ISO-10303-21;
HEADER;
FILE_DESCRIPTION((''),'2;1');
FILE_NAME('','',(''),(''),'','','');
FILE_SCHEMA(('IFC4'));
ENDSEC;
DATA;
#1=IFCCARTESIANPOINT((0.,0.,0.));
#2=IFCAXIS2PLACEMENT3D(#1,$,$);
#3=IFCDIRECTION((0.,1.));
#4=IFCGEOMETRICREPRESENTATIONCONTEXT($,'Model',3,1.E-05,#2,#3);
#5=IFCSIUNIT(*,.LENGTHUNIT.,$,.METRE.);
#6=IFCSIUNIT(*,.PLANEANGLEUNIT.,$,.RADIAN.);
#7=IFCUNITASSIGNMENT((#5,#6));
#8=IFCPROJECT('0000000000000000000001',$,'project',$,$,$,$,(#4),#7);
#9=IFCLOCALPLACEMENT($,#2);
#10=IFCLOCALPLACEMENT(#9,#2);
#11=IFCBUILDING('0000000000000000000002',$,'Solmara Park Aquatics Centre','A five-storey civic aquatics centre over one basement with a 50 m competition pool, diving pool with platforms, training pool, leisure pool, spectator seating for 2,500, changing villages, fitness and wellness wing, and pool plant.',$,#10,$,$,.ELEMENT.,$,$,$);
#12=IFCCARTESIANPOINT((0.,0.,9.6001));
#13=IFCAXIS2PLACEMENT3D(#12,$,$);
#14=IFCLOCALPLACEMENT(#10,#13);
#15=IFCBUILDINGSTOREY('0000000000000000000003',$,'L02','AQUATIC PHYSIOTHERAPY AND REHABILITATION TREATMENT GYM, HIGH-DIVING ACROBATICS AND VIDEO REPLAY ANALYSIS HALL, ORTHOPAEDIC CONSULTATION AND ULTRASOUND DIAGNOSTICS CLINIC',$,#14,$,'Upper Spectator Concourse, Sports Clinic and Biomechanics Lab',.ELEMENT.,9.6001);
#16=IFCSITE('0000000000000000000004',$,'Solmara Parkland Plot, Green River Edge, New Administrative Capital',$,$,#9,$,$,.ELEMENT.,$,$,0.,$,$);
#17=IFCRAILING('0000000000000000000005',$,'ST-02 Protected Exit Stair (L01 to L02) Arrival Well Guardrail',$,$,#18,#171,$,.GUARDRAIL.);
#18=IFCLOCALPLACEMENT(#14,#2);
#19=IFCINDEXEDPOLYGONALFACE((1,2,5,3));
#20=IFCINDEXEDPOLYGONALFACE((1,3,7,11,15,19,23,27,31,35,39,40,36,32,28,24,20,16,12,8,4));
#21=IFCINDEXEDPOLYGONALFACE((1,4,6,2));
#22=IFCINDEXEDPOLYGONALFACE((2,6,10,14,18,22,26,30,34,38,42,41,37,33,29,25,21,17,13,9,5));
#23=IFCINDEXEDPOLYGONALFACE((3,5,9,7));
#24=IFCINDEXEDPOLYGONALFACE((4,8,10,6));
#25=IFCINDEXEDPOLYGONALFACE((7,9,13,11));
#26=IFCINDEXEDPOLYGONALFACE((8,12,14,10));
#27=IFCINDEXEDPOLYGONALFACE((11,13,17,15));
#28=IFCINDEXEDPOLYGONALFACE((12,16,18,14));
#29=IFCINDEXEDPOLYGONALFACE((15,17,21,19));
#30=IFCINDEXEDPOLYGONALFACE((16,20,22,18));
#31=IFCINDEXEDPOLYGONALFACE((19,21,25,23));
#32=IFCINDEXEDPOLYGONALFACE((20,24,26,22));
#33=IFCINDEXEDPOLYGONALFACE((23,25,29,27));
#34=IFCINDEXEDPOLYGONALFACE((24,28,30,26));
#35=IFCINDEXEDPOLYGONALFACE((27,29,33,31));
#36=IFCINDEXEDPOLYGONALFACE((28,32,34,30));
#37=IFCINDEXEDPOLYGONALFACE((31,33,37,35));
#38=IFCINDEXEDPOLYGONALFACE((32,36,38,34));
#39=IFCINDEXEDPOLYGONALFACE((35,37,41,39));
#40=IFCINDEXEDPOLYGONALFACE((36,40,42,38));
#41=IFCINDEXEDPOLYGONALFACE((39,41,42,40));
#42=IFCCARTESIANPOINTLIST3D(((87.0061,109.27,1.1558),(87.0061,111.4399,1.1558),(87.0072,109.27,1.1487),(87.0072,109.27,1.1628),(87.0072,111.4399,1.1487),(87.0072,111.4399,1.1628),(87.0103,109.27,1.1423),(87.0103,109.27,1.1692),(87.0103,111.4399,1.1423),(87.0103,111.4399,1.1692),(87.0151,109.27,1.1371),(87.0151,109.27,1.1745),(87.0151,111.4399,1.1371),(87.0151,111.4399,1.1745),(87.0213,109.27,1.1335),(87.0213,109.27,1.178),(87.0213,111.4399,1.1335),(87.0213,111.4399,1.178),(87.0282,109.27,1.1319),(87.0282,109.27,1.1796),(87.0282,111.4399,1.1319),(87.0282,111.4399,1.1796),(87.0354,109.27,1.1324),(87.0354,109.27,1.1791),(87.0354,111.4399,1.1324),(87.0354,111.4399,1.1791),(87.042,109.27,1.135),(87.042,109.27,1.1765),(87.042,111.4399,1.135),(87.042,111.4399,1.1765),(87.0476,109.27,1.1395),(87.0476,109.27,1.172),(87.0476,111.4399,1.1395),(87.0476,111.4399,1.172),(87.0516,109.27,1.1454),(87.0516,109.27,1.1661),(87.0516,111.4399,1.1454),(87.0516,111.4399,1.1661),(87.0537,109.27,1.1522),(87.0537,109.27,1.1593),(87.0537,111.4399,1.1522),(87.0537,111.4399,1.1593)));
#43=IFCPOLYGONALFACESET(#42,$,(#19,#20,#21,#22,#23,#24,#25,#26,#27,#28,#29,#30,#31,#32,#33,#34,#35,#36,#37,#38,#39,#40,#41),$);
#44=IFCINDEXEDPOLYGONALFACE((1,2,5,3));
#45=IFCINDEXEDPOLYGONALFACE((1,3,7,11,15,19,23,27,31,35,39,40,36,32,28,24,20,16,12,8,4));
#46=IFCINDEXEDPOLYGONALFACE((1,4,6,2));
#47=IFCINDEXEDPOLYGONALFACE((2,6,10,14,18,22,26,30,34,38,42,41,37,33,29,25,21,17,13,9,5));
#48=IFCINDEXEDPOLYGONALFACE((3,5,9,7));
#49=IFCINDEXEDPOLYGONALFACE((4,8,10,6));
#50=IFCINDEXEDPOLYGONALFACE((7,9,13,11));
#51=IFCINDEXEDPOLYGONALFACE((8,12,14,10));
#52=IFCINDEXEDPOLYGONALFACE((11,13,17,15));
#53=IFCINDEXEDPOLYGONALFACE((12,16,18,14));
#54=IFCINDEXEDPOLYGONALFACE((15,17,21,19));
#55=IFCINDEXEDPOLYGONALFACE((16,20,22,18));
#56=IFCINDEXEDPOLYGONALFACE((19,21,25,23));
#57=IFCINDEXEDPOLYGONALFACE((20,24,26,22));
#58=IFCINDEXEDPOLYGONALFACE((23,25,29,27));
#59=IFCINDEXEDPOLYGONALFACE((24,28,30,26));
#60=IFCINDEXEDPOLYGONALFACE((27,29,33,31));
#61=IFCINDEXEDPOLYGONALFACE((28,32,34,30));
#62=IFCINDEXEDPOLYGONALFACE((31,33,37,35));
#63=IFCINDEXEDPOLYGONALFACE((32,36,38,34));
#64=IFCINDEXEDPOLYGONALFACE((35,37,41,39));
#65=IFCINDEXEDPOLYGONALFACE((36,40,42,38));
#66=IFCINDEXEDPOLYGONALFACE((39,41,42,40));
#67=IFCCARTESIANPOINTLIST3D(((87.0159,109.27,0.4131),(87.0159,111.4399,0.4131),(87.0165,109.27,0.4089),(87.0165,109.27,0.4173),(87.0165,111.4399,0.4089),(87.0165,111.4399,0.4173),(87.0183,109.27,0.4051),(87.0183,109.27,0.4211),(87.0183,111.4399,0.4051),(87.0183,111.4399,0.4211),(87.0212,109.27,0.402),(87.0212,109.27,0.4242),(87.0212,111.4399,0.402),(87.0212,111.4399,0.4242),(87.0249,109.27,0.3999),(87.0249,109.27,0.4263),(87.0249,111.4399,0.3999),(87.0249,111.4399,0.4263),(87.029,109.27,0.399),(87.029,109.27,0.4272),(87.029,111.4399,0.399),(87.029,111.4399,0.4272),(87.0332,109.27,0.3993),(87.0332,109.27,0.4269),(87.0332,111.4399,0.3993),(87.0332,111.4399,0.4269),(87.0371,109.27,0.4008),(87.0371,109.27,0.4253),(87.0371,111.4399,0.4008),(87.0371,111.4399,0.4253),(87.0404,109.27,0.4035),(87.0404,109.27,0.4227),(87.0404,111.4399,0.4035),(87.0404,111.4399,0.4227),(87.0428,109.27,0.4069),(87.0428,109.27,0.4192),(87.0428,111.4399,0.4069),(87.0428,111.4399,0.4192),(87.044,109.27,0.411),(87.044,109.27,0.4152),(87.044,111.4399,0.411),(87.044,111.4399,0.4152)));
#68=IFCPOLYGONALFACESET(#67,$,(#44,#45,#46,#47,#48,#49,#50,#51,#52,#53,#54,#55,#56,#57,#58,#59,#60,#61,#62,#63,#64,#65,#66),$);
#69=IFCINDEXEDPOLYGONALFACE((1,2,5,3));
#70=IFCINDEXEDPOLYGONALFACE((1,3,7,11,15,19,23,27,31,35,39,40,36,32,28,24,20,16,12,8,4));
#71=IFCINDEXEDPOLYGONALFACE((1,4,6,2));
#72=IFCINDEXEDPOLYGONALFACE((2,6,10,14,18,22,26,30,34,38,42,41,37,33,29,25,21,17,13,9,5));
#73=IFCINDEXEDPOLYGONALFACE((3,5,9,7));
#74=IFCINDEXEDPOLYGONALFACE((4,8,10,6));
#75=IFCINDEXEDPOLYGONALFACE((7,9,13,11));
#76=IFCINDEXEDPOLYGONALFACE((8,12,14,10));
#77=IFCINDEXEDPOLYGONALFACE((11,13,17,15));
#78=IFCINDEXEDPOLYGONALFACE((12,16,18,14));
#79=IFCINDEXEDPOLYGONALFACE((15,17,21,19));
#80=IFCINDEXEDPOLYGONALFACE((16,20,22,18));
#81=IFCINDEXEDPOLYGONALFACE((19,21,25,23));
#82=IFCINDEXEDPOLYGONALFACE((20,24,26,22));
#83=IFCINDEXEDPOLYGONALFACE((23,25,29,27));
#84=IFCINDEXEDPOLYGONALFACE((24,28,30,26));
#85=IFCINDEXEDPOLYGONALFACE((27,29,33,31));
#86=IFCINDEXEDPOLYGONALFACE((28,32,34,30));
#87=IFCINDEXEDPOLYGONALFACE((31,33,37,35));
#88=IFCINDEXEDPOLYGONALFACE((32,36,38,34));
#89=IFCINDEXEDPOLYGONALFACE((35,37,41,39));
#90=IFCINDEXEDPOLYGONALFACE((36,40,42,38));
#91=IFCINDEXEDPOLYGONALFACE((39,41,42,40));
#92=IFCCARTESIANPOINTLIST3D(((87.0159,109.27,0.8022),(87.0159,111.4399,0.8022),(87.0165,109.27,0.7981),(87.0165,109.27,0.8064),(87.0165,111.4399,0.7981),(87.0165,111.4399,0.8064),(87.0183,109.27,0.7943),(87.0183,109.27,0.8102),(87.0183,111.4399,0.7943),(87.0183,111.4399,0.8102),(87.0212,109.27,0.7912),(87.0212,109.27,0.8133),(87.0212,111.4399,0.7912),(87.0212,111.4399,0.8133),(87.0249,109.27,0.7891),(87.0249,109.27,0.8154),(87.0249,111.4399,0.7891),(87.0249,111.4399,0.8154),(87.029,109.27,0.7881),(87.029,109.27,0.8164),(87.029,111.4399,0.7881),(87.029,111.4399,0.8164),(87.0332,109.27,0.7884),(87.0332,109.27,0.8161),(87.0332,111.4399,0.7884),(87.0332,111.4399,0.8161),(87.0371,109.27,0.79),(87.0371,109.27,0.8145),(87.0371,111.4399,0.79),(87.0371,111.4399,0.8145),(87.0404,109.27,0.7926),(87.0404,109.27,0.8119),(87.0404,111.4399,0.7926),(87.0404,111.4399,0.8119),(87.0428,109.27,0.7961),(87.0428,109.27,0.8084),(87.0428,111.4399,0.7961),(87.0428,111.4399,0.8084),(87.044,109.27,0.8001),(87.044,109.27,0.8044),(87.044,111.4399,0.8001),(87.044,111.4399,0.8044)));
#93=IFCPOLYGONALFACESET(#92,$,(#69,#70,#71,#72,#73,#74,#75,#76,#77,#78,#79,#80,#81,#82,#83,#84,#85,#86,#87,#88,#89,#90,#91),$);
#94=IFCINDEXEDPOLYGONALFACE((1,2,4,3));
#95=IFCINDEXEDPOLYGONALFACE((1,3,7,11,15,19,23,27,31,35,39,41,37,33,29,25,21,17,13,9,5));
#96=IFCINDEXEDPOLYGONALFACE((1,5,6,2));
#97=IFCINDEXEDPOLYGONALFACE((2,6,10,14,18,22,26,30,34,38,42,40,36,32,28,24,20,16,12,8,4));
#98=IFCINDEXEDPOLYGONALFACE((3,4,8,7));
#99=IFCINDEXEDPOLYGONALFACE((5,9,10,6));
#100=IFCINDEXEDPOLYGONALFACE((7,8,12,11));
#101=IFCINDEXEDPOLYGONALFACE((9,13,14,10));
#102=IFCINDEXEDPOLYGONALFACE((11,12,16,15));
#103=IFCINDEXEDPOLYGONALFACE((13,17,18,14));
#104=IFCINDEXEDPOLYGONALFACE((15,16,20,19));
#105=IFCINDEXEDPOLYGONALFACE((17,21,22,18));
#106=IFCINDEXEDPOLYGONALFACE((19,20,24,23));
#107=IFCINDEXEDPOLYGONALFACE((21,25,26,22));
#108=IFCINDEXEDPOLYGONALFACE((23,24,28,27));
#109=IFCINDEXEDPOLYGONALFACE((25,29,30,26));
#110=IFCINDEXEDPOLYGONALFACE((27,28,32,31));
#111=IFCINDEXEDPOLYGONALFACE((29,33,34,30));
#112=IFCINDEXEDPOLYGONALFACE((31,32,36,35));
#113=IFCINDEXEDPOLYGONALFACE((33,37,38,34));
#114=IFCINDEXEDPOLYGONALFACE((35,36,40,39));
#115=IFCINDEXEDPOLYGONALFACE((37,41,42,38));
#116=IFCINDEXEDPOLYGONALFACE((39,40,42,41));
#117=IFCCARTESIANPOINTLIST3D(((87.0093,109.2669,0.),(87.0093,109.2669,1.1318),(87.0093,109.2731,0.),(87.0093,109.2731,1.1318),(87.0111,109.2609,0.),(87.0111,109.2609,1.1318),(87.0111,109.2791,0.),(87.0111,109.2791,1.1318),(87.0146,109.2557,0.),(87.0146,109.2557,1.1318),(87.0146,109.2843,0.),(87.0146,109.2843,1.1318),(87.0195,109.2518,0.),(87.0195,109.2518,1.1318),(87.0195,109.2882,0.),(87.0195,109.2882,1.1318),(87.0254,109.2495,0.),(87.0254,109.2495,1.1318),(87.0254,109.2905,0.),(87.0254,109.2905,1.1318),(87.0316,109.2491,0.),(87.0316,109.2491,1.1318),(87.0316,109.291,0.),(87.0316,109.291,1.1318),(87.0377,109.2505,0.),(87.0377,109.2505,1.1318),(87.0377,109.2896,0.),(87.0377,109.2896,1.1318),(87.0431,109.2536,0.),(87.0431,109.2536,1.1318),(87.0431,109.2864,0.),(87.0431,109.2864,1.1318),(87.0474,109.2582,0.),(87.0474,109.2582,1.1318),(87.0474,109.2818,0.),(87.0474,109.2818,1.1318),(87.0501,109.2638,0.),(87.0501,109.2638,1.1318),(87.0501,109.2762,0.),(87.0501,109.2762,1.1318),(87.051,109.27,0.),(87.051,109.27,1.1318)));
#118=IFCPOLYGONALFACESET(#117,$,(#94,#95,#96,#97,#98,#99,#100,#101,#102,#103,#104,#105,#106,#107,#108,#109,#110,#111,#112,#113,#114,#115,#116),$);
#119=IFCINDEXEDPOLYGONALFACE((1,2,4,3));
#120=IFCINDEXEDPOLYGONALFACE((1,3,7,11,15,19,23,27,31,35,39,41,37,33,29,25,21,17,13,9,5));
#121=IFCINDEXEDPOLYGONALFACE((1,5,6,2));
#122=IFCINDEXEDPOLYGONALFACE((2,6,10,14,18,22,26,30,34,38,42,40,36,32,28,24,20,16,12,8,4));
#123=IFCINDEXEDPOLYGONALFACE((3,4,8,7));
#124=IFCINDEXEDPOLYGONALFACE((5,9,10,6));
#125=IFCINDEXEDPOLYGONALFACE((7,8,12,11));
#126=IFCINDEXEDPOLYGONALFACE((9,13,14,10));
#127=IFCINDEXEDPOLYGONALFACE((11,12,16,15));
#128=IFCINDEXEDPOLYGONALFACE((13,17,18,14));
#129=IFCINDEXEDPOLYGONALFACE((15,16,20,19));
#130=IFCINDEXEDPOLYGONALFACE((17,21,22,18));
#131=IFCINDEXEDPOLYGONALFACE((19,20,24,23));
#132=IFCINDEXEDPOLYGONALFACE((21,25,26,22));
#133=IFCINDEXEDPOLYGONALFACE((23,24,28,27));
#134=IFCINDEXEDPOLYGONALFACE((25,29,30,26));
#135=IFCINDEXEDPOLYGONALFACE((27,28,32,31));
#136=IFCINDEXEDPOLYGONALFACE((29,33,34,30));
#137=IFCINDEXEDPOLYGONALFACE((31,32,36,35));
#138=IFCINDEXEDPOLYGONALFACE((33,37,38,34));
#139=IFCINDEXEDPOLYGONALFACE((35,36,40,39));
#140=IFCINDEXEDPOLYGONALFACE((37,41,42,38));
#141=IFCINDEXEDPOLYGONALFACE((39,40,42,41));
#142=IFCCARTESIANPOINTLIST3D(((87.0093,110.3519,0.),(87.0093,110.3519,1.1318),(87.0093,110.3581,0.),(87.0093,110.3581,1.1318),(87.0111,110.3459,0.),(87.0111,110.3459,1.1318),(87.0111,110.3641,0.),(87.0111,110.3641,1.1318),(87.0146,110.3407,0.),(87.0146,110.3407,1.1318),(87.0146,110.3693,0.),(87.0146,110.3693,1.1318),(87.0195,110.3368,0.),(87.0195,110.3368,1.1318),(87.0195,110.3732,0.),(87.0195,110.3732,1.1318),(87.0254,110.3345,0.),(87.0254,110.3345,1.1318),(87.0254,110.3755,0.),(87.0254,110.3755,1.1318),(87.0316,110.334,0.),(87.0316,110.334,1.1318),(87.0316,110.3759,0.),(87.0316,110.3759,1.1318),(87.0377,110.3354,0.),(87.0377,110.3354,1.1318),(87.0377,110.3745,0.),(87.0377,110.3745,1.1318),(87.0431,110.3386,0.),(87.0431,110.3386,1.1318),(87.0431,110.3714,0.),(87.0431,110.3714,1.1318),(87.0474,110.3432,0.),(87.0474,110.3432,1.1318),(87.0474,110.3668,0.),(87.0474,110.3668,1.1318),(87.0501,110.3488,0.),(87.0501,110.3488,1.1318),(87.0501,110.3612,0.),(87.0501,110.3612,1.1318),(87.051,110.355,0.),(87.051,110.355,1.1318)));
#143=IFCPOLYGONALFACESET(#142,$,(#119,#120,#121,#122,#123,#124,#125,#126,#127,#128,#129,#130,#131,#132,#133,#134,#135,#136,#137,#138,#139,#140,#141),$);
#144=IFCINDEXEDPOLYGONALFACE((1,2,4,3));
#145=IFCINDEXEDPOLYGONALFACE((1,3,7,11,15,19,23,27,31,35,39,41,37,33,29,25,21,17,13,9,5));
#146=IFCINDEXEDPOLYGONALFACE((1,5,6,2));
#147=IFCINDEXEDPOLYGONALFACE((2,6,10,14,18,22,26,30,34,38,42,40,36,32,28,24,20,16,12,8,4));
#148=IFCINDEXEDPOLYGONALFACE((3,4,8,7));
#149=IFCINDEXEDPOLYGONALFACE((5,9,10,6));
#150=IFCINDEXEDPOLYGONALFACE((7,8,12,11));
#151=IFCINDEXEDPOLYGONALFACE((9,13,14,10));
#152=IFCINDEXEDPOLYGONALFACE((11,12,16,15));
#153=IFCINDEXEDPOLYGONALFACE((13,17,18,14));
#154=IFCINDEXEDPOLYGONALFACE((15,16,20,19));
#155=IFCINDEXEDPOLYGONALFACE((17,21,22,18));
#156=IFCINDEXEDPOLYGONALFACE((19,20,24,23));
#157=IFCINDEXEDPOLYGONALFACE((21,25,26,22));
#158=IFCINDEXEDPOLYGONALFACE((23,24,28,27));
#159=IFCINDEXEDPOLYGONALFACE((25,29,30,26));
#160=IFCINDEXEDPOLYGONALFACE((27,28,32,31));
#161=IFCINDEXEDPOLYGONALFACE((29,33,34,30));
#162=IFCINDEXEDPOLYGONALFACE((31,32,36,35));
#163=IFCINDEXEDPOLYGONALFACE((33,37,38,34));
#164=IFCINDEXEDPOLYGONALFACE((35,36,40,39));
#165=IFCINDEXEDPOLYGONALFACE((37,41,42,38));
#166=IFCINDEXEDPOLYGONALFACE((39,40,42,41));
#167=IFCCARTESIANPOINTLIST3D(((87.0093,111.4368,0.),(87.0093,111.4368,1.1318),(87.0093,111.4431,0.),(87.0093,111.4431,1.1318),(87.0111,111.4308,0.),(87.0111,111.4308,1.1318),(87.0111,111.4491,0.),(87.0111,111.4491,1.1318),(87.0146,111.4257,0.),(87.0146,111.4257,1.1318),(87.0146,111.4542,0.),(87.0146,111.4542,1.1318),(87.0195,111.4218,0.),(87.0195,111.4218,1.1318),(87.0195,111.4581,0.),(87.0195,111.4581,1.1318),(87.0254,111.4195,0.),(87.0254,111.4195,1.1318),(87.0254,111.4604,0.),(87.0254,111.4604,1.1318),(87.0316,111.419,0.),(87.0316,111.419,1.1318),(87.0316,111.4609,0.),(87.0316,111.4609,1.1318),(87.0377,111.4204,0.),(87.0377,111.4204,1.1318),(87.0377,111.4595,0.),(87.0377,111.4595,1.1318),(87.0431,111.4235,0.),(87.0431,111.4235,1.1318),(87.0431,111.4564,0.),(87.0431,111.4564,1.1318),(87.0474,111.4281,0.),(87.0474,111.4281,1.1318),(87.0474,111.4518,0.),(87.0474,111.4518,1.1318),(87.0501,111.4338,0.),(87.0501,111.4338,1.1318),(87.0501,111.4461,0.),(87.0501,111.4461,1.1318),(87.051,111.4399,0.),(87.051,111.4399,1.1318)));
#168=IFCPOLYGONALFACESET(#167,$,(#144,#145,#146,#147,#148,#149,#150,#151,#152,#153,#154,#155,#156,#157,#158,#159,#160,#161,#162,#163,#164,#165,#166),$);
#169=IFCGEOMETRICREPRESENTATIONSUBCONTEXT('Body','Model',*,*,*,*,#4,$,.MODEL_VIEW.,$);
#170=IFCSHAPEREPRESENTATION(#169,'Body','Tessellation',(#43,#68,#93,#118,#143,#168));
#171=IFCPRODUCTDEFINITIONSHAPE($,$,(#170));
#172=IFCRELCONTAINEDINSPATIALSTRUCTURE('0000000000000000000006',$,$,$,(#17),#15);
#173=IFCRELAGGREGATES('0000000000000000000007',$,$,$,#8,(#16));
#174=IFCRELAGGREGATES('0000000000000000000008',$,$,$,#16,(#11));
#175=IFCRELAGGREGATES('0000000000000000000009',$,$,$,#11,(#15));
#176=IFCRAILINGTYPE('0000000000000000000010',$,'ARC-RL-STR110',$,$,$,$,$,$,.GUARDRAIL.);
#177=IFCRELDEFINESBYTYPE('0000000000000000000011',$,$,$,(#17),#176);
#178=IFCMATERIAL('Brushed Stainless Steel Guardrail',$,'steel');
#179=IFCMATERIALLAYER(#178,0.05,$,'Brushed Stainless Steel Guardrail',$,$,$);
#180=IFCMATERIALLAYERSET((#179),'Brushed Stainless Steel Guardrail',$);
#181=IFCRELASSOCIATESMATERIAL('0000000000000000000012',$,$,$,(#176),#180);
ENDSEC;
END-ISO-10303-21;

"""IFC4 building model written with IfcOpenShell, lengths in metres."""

from ifc_helpers import new_model, si_unit, direction, frame, origin, origin_2d, place, context, subcontext, project, spatial, circle, extrude, material, layer, layer_set, type_object, element, save


model = new_model("IFC4")

# Units and contexts
model_context = context("Model", 3, precision=1e-05, world=origin(), true_north=direction((0.0, 1.0)))
body_context = subcontext(model_context, "Body", "Model", "MODEL_VIEW")
ifc_project = project(units=[si_unit("LENGTHUNIT", "METRE"), si_unit("PLANEANGLEUNIT", "RADIAN")], contexts=[model_context])

# Site, building, storey
site_placement = place(None, origin())
site = spatial("IfcSite", under=ifc_project, at=site_placement, Name="Solmara Parkland Plot, Green River Edge, New Administrative Capital", CompositionType="ELEMENT", RefElevation=0.0)
building_placement = place(site_placement, origin())
building = spatial("IfcBuilding", under=site, at=building_placement, Name="Solmara Park Aquatics Centre", Description="A five-storey civic aquatics centre over one basement with a 50 m competition pool, diving pool with platforms, training pool, leisure pool, spectator seating for 2,500, changing villages, fitness and wellness wing, and pool plant.", CompositionType="ELEMENT")
storey_placement = place(building_placement, frame((0.0, 0.0, 9.6001)))
storey = spatial("IfcBuildingStorey", under=building, at=storey_placement, Name="L02", Description="AQUATIC PHYSIOTHERAPY AND REHABILITATION TREATMENT GYM, HIGH-DIVING ACROBATICS AND VIDEO REPLAY ANALYSIS HALL, ORTHOPAEDIC CONSULTATION AND ULTRASOUND DIAGNOSTICS CLINIC", LongName="Upper Spectator Concourse, Sports Clinic and Biomechanics Lab", CompositionType="ELEMENT", Elevation=9.6001)

# Railing
ifc_material_1 = material(Name="Brushed Stainless Steel Guardrail", Category="steel")
ifc_layer_1 = layer(ifc_material_1, 0.05, Name="Brushed Stainless Steel Guardrail")
ifc_layer_set_1 = layer_set([ifc_layer_1], Name="Brushed Stainless Steel Guardrail")
railing_type_1 = type_object("IfcRailingType", Name="ARC-RL-STR110", PredefinedType="GUARDRAIL", material=ifc_layer_set_1)
railing_1_placement = place(storey_placement, frame((87.03, 109.27, 0.0)))
element("IfcRailing", 1, at=railing_1_placement, inside=storey, type_object=railing_type_1, Name="ST-02 Protected Exit Stair (L01 to L02) Arrival Well Guardrail", PredefinedType="GUARDRAIL", context=body_context, shape_type="SweptSolid", body=[
    extrude(circle(Radius=0.0239, at=origin_2d()), frame((0.0, 0.0, 1.1558), z_axis=(0.0, 1.0, 0.0), x_axis=(-1.0, 0.0, 0.0)), (0.0, 0.0, 1.0), 2.1699),
    extrude(circle(Radius=0.0142, at=origin_2d()), frame((0.0, 0.0, 0.4131), z_axis=(0.0, 1.0, 0.0), x_axis=(-1.0, 0.0, 0.0)), (0.0, 0.0, 1.0), 2.1699),
    extrude(circle(Radius=0.0142, at=origin_2d()), frame((0.0, 0.0, 0.8022), z_axis=(0.0, 1.0, 0.0), x_axis=(-1.0, 0.0, 0.0)), (0.0, 0.0, 1.0), 2.1699),
    extrude(circle(Radius=0.021, at=origin_2d()), origin(), (0.0, 0.0, 1.0), 1.1318),
    extrude(circle(Radius=0.021, at=origin_2d()), frame((0.0, 1.085, 0.0)), (0.0, 0.0, 1.0), 1.1318),
    extrude(circle(Radius=0.021, at=origin_2d()), frame((0.0, 2.1699, 0.0)), (0.0, 0.0, 1.0), 1.1318),
])

save(model, "model.ifc")
